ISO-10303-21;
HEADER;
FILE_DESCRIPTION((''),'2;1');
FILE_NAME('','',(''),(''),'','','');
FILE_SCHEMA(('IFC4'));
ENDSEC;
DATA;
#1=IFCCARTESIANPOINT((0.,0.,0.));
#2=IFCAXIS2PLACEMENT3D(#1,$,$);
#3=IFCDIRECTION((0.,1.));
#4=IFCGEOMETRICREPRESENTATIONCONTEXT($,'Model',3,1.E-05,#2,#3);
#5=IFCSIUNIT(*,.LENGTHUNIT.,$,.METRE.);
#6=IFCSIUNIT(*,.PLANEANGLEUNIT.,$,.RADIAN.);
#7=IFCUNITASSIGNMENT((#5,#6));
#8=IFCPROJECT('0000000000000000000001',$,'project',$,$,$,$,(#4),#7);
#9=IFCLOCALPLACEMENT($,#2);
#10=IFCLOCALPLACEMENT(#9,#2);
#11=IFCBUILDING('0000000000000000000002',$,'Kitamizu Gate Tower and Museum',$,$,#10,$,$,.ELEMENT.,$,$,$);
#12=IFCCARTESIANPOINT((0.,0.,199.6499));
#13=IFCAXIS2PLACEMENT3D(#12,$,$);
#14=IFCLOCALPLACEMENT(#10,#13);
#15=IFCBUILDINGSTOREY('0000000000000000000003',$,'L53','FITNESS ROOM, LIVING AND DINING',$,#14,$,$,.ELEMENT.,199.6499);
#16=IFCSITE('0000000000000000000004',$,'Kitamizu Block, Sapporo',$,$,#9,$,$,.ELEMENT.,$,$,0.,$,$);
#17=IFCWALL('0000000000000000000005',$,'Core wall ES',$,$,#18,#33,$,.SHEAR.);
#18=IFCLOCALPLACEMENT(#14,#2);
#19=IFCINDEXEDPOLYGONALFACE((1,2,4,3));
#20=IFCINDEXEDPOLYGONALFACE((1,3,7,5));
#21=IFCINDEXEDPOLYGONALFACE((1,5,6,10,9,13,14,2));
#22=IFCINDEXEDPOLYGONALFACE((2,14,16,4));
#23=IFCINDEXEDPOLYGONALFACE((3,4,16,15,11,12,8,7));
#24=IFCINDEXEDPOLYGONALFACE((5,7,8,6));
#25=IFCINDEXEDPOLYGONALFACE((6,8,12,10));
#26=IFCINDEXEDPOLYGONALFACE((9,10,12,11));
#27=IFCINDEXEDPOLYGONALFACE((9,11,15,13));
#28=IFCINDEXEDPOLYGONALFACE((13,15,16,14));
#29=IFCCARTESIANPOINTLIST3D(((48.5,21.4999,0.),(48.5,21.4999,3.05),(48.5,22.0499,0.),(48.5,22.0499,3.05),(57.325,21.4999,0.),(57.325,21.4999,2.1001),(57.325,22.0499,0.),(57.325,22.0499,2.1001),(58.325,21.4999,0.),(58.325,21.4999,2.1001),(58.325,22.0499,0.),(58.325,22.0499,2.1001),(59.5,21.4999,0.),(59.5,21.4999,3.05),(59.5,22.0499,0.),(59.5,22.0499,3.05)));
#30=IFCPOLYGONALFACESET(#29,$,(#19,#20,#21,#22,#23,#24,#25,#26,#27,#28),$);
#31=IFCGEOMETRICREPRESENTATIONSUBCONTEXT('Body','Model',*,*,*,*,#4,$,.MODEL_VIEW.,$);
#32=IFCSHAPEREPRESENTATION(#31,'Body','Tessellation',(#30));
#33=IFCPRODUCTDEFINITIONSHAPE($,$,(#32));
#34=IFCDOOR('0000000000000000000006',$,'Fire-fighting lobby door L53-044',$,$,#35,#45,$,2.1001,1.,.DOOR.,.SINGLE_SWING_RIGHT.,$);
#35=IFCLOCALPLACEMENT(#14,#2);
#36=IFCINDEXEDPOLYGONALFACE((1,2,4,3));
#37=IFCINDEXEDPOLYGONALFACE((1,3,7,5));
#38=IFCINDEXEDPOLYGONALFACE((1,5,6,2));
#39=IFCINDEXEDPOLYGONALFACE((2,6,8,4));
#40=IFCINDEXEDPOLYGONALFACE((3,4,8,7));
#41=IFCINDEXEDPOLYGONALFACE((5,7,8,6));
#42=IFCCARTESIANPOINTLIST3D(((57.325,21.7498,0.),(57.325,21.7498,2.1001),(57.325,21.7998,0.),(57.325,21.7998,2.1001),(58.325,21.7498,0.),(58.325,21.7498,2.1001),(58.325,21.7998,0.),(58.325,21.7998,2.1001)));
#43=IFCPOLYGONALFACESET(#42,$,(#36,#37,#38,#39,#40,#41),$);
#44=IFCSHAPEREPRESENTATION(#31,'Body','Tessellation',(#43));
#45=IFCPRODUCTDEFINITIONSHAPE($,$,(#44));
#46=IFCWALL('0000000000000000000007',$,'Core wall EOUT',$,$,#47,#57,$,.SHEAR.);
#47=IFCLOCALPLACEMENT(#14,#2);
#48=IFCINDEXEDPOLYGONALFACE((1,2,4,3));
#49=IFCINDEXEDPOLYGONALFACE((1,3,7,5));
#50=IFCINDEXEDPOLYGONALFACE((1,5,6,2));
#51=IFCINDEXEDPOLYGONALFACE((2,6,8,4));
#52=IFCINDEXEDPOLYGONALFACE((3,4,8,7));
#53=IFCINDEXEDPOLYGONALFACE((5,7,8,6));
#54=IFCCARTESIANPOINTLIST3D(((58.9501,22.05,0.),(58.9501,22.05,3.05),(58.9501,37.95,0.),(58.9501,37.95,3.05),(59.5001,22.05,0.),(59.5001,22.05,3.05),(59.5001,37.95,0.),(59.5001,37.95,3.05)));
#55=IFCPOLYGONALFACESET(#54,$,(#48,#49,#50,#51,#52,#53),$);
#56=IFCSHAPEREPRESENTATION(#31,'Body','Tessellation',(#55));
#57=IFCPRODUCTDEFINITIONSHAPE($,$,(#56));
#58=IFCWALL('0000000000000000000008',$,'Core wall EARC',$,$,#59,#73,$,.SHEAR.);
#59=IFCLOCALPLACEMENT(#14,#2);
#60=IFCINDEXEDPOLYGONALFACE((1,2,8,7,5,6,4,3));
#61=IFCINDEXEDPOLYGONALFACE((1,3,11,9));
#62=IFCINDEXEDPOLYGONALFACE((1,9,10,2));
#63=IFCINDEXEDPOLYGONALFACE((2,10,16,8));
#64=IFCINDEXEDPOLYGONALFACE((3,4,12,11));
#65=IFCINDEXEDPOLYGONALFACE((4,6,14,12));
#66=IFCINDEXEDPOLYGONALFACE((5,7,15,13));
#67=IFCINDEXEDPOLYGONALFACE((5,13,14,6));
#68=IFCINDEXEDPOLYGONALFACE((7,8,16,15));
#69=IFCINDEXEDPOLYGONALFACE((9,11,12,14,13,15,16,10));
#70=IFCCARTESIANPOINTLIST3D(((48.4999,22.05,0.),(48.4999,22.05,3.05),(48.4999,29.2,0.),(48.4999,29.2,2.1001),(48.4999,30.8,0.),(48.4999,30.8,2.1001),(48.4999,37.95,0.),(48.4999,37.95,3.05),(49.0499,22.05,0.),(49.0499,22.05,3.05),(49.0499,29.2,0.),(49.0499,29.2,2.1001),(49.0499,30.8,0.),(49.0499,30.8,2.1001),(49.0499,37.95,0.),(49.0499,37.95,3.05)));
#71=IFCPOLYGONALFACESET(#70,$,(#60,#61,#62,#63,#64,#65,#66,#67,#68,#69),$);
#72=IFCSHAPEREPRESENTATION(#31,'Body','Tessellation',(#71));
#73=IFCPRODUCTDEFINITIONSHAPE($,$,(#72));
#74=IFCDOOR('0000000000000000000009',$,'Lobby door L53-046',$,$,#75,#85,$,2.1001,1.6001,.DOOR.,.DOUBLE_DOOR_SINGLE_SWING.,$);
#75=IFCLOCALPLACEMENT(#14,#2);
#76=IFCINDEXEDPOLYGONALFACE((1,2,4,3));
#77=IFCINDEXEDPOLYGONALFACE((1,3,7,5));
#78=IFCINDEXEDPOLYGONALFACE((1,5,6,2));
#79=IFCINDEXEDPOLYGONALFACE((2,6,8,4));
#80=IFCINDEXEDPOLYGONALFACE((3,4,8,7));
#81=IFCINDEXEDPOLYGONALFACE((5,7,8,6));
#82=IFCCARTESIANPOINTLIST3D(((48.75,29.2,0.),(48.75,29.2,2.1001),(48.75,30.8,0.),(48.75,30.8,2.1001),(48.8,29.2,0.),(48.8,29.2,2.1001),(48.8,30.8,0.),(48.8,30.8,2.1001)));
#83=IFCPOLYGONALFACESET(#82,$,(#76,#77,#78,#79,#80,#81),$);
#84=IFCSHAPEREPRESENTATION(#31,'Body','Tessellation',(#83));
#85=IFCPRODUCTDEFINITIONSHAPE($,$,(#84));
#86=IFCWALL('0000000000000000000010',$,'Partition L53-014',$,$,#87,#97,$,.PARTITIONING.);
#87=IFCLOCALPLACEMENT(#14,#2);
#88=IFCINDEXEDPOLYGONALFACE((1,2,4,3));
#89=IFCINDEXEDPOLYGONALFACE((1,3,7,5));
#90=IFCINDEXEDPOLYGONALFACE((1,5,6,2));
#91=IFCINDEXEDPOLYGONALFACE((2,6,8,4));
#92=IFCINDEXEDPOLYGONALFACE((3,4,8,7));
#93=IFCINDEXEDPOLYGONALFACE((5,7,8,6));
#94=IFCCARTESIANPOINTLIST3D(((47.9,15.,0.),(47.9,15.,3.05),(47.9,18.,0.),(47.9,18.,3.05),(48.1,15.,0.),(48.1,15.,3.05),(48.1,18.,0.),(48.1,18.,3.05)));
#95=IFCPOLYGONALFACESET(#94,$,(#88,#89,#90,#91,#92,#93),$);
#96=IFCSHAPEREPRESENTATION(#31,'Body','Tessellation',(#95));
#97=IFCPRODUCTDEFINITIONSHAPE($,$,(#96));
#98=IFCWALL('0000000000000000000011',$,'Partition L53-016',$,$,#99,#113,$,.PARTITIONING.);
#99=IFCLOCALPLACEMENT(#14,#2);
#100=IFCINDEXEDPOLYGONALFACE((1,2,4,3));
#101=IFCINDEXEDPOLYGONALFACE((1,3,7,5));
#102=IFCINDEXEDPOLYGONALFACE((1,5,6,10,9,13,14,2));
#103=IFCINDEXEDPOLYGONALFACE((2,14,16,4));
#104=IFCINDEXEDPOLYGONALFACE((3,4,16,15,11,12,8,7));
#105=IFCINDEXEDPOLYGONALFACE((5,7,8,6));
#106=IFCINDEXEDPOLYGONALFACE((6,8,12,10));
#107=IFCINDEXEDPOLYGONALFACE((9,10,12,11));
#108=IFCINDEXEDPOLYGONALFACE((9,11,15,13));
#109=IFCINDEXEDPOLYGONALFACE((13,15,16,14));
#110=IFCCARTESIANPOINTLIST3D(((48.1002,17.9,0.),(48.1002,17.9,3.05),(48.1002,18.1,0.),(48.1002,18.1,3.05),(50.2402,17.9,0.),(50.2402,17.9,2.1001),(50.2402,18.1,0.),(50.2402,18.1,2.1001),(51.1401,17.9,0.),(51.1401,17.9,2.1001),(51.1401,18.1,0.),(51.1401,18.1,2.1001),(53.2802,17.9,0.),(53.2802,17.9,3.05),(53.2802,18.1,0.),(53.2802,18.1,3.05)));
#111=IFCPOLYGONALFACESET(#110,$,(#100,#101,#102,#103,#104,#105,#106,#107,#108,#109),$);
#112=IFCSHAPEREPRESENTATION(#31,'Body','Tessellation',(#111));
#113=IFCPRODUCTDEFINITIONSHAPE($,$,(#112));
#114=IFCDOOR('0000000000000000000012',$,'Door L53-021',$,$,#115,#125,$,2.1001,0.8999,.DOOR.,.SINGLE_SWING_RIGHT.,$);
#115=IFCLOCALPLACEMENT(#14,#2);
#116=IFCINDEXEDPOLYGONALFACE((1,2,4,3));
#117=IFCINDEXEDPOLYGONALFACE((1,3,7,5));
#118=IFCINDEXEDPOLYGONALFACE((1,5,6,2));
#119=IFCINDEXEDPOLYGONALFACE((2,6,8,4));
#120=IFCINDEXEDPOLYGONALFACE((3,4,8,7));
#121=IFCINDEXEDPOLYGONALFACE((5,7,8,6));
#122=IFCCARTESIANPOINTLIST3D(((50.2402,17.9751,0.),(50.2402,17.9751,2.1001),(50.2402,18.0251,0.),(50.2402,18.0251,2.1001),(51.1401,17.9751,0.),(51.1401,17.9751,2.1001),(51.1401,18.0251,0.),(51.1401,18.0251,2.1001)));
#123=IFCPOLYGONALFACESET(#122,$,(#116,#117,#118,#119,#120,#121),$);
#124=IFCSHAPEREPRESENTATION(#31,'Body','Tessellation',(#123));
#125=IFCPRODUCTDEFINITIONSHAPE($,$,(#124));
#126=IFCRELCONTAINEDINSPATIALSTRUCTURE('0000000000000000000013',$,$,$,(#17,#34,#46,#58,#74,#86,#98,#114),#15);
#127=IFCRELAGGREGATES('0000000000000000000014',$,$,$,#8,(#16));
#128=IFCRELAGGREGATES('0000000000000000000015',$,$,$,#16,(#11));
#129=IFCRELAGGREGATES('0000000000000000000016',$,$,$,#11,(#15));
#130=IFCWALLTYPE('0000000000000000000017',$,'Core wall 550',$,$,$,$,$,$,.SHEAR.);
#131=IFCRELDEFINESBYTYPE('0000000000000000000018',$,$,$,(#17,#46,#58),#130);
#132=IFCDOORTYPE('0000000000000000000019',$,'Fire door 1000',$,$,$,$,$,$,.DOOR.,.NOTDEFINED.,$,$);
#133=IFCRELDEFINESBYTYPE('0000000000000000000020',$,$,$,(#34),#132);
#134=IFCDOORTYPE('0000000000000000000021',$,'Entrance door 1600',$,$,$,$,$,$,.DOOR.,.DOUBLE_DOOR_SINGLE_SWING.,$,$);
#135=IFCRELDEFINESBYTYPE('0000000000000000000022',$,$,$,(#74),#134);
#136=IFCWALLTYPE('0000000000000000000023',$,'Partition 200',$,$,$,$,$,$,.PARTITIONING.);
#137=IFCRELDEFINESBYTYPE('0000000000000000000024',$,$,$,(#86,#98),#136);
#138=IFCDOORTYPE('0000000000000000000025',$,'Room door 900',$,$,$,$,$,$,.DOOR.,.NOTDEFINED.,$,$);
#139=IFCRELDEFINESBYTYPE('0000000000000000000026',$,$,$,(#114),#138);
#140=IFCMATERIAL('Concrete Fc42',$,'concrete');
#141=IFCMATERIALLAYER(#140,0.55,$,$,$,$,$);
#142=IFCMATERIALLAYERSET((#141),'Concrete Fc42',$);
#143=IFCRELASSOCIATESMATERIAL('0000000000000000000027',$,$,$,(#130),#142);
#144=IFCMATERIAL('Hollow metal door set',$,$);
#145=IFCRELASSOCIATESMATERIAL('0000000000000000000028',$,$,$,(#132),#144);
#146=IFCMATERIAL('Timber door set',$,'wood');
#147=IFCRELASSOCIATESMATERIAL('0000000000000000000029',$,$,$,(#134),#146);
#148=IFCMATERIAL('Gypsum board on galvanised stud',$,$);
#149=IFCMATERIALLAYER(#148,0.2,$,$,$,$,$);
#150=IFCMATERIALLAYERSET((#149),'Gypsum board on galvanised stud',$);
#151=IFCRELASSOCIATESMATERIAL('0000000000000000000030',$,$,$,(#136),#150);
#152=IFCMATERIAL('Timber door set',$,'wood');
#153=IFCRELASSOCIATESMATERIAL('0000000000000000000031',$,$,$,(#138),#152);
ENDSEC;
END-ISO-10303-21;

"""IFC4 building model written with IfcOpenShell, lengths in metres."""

from ifc_helpers import new_model, si_unit, direction, frame, frame_2d, origin, place, context, subcontext, project, spatial, rectangle, extrude, material, layer, layer_set, type_object, element, fill, save


model = new_model("IFC4")

# Units and contexts
model_context = context("Model", 3, precision=1e-05, world=origin(), true_north=direction((0.0, 1.0)))
body_context = subcontext(model_context, "Body", "Model", "MODEL_VIEW")
ifc_project = project(units=[si_unit("LENGTHUNIT", "METRE"), si_unit("PLANEANGLEUNIT", "RADIAN")], contexts=[model_context])

# Site, building, storey
site_placement = place(None, origin())
site = spatial("IfcSite", under=ifc_project, at=site_placement, Name="Kitamizu Block, Sapporo", CompositionType="ELEMENT", RefElevation=0.0)
building_placement = place(site_placement, origin())
building = spatial("IfcBuilding", under=site, at=building_placement, Name="Kitamizu Gate Tower and Museum", CompositionType="ELEMENT")
storey_placement = place(building_placement, frame((0.0, 0.0, 199.6499)))
storey = spatial("IfcBuildingStorey", under=building, at=storey_placement, Name="L53", Description="FITNESS ROOM, LIVING AND DINING", CompositionType="ELEMENT", Elevation=199.6499)

# Wall, opening, door
ifc_material_1 = material(Name="Concrete Fc42", Category="concrete")
ifc_layer_1 = layer(ifc_material_1, 0.55)
ifc_layer_set_1 = layer_set([ifc_layer_1], Name="Concrete Fc42")
wall_type_1 = type_object("IfcWallType", Name="Core wall 550", PredefinedType="SHEAR", material=ifc_layer_set_1)
wall_1_placement = place(storey_placement, frame((59.5, 21.7749, 0.0), z_axis=(0.0, 0.0, 1.0), x_axis=(-1.0, 0.0, 0.0)))
wall_1 = element("IfcWall", 1, at=wall_1_placement, inside=storey, type_object=wall_type_1, Name="Core wall ES", PredefinedType="SHEAR", context=body_context, shape_type="SweptSolid", body=[
    extrude(rectangle(XDim=11.0, YDim=0.55, at=frame_2d((5.5, 0.0))), origin(), (0.0, 0.0, 1.0), 3.05),
])
opening_1_placement = place(wall_1_placement, frame((1.175, 0.0, 0.0)))
opening_1 = element("IfcOpeningElement", 2, at=opening_1_placement, cuts=wall_1, PredefinedType="OPENING", context=body_context, shape_type="SweptSolid", body=[
    extrude(rectangle(XDim=1.0, YDim=2.1001, at=frame_2d((0.5, 1.05))), frame((0.0, 0.2852, 0.0), z_axis=(0.0, -1.0, 0.0), x_axis=(1.0, 0.0, 0.0)), (0.0, 0.0, 1.0), 0.5701),
])
ifc_material_2 = material(Name="Hollow metal door set")
door_type_1 = type_object("IfcDoorType", Name="Fire door 1000", OperationType="NOTDEFINED", PredefinedType="DOOR", material=ifc_material_2)
door_1_placement = place(opening_1_placement, frame((1.0, 0.0, 0.0), x_axis=(-1.0, 0.0, 0.0)))
door_1 = element("IfcDoor", 3, at=door_1_placement, inside=storey, type_object=door_type_1, Name="Fire-fighting lobby door L53-044", OperationType="SINGLE_SWING_RIGHT", OverallHeight=2.1001, OverallWidth=1.0, PredefinedType="DOOR", context=body_context, shape_type="SweptSolid", body=[
    extrude(rectangle(XDim=1.0, YDim=2.1001, at=frame_2d((0.5, 1.05))), frame((0.0, 0.0249, 0.0), z_axis=(0.0, -1.0, 0.0), x_axis=(1.0, 0.0, 0.0)), (0.0, 0.0, 1.0), 0.05),
])
fill(opening_1, door_1)

# Wall
wall_2_placement = place(storey_placement, frame((59.2251, 22.05, 0.0), z_axis=(0.0, 0.0, 1.0), x_axis=(0.0, 1.0, 0.0)))
element("IfcWall", 4, at=wall_2_placement, inside=storey, type_object=wall_type_1, Name="Core wall EOUT", PredefinedType="SHEAR", context=body_context, shape_type="SweptSolid", body=[
    extrude(rectangle(XDim=15.8999, YDim=0.55, at=frame_2d((7.95, 0.0))), origin(), (0.0, 0.0, 1.0), 3.05),
])

# Wall, opening, door
wall_3_placement = place(storey_placement, frame((48.7749, 22.05, 0.0), z_axis=(0.0, 0.0, 1.0), x_axis=(0.0, 1.0, 0.0)))
wall_3 = element("IfcWall", 5, at=wall_3_placement, inside=storey, type_object=wall_type_1, Name="Core wall EARC", PredefinedType="SHEAR", context=body_context, shape_type="SweptSolid", body=[
    extrude(rectangle(XDim=15.8999, YDim=0.55, at=frame_2d((7.95, 0.0))), origin(), (0.0, 0.0, 1.0), 3.05),
])
opening_2_placement = place(wall_3_placement, frame((7.1499, 0.0, 0.0)))
opening_2 = element("IfcOpeningElement", 6, at=opening_2_placement, cuts=wall_3, PredefinedType="OPENING", context=body_context, shape_type="SweptSolid", body=[
    extrude(rectangle(XDim=1.6001, YDim=2.1001, at=frame_2d((0.8, 1.05))), frame((0.0, 0.2852, 0.0), z_axis=(0.0, -1.0, 0.0), x_axis=(1.0, 0.0, 0.0)), (0.0, 0.0, 1.0), 0.5701),
])
ifc_material_3 = material(Name="Timber door set", Category="wood")
door_type_2 = type_object("IfcDoorType", Name="Entrance door 1600", OperationType="DOUBLE_DOOR_SINGLE_SWING", PredefinedType="DOOR", material=ifc_material_3)
door_2_placement = place(opening_2_placement, origin())
door_2 = element("IfcDoor", 7, at=door_2_placement, inside=storey, type_object=door_type_2, Name="Lobby door L53-046", OperationType="DOUBLE_DOOR_SINGLE_SWING", OverallHeight=2.1001, OverallWidth=1.6001, PredefinedType="DOOR", context=body_context, shape_type="SweptSolid", body=[
    extrude(rectangle(XDim=1.6001, YDim=2.1001, at=frame_2d((0.8, 1.05))), frame((0.0, 0.0249, 0.0), z_axis=(0.0, -1.0, 0.0), x_axis=(1.0, 0.0, 0.0)), (0.0, 0.0, 1.0), 0.05),
])
fill(opening_2, door_2)

# Wall
ifc_material_4 = material(Name="Gypsum board on galvanised stud")
ifc_layer_2 = layer(ifc_material_4, 0.2)
ifc_layer_set_2 = layer_set([ifc_layer_2], Name="Gypsum board on galvanised stud")
wall_type_2 = type_object("IfcWallType", Name="Partition 200", PredefinedType="PARTITIONING", material=ifc_layer_set_2)
wall_4_placement = place(storey_placement, frame((48.0, 15.0, 0.0), z_axis=(0.0, 0.0, 1.0), x_axis=(0.0, 1.0, 0.0)))
element("IfcWall", 8, at=wall_4_placement, inside=storey, type_object=wall_type_2, Name="Partition L53-014", PredefinedType="PARTITIONING", context=body_context, shape_type="SweptSolid", body=[
    extrude(rectangle(XDim=3.0, YDim=0.2, at=frame_2d((1.5, 0.0))), origin(), (0.0, 0.0, 1.0), 3.05),
])

# Wall, opening, door
wall_5_placement = place(storey_placement, frame((53.28, 18.0, 0.0), z_axis=(0.0, 0.0, 1.0), x_axis=(-1.0, 0.0, 0.0)))
wall_5 = element("IfcWall", 9, at=wall_5_placement, inside=storey, type_object=wall_type_2, Name="Partition L53-016", PredefinedType="PARTITIONING", context=body_context, shape_type="SweptSolid", body=[
    extrude(rectangle(XDim=5.1799, YDim=0.2, at=frame_2d((2.5898, 0.0))), origin(), (0.0, 0.0, 1.0), 3.05),
])
opening_3_placement = place(wall_5_placement, frame((2.1399, 0.0, 0.0)))
opening_3 = element("IfcOpeningElement", 10, at=opening_3_placement, cuts=wall_5, PredefinedType="OPENING", context=body_context, shape_type="SweptSolid", body=[
    extrude(rectangle(XDim=0.8999, YDim=2.1001, at=frame_2d((0.45, 1.05))), frame((0.0, 0.1099, 0.0), z_axis=(0.0, -1.0, 0.0), x_axis=(1.0, 0.0, 0.0)), (0.0, 0.0, 1.0), 0.22),
])
ifc_material_5 = material(Name="Timber door set", Category="wood")
door_type_3 = type_object("IfcDoorType", Name="Room door 900", OperationType="NOTDEFINED", PredefinedType="DOOR", material=ifc_material_5)
door_3_placement = place(opening_3_placement, origin())
door_3 = element("IfcDoor", 11, at=door_3_placement, inside=storey, type_object=door_type_3, Name="Door L53-021", OperationType="SINGLE_SWING_RIGHT", OverallHeight=2.1001, OverallWidth=0.8999, PredefinedType="DOOR", context=body_context, shape_type="SweptSolid", body=[
    extrude(rectangle(XDim=0.8999, YDim=2.1001, at=frame_2d((0.45, 1.05))), frame((0.0, 0.0249, 0.0), z_axis=(0.0, -1.0, 0.0), x_axis=(1.0, 0.0, 0.0)), (0.0, 0.0, 1.0), 0.05),
])
fill(opening_3, door_3)

save(model, "model.ifc")
